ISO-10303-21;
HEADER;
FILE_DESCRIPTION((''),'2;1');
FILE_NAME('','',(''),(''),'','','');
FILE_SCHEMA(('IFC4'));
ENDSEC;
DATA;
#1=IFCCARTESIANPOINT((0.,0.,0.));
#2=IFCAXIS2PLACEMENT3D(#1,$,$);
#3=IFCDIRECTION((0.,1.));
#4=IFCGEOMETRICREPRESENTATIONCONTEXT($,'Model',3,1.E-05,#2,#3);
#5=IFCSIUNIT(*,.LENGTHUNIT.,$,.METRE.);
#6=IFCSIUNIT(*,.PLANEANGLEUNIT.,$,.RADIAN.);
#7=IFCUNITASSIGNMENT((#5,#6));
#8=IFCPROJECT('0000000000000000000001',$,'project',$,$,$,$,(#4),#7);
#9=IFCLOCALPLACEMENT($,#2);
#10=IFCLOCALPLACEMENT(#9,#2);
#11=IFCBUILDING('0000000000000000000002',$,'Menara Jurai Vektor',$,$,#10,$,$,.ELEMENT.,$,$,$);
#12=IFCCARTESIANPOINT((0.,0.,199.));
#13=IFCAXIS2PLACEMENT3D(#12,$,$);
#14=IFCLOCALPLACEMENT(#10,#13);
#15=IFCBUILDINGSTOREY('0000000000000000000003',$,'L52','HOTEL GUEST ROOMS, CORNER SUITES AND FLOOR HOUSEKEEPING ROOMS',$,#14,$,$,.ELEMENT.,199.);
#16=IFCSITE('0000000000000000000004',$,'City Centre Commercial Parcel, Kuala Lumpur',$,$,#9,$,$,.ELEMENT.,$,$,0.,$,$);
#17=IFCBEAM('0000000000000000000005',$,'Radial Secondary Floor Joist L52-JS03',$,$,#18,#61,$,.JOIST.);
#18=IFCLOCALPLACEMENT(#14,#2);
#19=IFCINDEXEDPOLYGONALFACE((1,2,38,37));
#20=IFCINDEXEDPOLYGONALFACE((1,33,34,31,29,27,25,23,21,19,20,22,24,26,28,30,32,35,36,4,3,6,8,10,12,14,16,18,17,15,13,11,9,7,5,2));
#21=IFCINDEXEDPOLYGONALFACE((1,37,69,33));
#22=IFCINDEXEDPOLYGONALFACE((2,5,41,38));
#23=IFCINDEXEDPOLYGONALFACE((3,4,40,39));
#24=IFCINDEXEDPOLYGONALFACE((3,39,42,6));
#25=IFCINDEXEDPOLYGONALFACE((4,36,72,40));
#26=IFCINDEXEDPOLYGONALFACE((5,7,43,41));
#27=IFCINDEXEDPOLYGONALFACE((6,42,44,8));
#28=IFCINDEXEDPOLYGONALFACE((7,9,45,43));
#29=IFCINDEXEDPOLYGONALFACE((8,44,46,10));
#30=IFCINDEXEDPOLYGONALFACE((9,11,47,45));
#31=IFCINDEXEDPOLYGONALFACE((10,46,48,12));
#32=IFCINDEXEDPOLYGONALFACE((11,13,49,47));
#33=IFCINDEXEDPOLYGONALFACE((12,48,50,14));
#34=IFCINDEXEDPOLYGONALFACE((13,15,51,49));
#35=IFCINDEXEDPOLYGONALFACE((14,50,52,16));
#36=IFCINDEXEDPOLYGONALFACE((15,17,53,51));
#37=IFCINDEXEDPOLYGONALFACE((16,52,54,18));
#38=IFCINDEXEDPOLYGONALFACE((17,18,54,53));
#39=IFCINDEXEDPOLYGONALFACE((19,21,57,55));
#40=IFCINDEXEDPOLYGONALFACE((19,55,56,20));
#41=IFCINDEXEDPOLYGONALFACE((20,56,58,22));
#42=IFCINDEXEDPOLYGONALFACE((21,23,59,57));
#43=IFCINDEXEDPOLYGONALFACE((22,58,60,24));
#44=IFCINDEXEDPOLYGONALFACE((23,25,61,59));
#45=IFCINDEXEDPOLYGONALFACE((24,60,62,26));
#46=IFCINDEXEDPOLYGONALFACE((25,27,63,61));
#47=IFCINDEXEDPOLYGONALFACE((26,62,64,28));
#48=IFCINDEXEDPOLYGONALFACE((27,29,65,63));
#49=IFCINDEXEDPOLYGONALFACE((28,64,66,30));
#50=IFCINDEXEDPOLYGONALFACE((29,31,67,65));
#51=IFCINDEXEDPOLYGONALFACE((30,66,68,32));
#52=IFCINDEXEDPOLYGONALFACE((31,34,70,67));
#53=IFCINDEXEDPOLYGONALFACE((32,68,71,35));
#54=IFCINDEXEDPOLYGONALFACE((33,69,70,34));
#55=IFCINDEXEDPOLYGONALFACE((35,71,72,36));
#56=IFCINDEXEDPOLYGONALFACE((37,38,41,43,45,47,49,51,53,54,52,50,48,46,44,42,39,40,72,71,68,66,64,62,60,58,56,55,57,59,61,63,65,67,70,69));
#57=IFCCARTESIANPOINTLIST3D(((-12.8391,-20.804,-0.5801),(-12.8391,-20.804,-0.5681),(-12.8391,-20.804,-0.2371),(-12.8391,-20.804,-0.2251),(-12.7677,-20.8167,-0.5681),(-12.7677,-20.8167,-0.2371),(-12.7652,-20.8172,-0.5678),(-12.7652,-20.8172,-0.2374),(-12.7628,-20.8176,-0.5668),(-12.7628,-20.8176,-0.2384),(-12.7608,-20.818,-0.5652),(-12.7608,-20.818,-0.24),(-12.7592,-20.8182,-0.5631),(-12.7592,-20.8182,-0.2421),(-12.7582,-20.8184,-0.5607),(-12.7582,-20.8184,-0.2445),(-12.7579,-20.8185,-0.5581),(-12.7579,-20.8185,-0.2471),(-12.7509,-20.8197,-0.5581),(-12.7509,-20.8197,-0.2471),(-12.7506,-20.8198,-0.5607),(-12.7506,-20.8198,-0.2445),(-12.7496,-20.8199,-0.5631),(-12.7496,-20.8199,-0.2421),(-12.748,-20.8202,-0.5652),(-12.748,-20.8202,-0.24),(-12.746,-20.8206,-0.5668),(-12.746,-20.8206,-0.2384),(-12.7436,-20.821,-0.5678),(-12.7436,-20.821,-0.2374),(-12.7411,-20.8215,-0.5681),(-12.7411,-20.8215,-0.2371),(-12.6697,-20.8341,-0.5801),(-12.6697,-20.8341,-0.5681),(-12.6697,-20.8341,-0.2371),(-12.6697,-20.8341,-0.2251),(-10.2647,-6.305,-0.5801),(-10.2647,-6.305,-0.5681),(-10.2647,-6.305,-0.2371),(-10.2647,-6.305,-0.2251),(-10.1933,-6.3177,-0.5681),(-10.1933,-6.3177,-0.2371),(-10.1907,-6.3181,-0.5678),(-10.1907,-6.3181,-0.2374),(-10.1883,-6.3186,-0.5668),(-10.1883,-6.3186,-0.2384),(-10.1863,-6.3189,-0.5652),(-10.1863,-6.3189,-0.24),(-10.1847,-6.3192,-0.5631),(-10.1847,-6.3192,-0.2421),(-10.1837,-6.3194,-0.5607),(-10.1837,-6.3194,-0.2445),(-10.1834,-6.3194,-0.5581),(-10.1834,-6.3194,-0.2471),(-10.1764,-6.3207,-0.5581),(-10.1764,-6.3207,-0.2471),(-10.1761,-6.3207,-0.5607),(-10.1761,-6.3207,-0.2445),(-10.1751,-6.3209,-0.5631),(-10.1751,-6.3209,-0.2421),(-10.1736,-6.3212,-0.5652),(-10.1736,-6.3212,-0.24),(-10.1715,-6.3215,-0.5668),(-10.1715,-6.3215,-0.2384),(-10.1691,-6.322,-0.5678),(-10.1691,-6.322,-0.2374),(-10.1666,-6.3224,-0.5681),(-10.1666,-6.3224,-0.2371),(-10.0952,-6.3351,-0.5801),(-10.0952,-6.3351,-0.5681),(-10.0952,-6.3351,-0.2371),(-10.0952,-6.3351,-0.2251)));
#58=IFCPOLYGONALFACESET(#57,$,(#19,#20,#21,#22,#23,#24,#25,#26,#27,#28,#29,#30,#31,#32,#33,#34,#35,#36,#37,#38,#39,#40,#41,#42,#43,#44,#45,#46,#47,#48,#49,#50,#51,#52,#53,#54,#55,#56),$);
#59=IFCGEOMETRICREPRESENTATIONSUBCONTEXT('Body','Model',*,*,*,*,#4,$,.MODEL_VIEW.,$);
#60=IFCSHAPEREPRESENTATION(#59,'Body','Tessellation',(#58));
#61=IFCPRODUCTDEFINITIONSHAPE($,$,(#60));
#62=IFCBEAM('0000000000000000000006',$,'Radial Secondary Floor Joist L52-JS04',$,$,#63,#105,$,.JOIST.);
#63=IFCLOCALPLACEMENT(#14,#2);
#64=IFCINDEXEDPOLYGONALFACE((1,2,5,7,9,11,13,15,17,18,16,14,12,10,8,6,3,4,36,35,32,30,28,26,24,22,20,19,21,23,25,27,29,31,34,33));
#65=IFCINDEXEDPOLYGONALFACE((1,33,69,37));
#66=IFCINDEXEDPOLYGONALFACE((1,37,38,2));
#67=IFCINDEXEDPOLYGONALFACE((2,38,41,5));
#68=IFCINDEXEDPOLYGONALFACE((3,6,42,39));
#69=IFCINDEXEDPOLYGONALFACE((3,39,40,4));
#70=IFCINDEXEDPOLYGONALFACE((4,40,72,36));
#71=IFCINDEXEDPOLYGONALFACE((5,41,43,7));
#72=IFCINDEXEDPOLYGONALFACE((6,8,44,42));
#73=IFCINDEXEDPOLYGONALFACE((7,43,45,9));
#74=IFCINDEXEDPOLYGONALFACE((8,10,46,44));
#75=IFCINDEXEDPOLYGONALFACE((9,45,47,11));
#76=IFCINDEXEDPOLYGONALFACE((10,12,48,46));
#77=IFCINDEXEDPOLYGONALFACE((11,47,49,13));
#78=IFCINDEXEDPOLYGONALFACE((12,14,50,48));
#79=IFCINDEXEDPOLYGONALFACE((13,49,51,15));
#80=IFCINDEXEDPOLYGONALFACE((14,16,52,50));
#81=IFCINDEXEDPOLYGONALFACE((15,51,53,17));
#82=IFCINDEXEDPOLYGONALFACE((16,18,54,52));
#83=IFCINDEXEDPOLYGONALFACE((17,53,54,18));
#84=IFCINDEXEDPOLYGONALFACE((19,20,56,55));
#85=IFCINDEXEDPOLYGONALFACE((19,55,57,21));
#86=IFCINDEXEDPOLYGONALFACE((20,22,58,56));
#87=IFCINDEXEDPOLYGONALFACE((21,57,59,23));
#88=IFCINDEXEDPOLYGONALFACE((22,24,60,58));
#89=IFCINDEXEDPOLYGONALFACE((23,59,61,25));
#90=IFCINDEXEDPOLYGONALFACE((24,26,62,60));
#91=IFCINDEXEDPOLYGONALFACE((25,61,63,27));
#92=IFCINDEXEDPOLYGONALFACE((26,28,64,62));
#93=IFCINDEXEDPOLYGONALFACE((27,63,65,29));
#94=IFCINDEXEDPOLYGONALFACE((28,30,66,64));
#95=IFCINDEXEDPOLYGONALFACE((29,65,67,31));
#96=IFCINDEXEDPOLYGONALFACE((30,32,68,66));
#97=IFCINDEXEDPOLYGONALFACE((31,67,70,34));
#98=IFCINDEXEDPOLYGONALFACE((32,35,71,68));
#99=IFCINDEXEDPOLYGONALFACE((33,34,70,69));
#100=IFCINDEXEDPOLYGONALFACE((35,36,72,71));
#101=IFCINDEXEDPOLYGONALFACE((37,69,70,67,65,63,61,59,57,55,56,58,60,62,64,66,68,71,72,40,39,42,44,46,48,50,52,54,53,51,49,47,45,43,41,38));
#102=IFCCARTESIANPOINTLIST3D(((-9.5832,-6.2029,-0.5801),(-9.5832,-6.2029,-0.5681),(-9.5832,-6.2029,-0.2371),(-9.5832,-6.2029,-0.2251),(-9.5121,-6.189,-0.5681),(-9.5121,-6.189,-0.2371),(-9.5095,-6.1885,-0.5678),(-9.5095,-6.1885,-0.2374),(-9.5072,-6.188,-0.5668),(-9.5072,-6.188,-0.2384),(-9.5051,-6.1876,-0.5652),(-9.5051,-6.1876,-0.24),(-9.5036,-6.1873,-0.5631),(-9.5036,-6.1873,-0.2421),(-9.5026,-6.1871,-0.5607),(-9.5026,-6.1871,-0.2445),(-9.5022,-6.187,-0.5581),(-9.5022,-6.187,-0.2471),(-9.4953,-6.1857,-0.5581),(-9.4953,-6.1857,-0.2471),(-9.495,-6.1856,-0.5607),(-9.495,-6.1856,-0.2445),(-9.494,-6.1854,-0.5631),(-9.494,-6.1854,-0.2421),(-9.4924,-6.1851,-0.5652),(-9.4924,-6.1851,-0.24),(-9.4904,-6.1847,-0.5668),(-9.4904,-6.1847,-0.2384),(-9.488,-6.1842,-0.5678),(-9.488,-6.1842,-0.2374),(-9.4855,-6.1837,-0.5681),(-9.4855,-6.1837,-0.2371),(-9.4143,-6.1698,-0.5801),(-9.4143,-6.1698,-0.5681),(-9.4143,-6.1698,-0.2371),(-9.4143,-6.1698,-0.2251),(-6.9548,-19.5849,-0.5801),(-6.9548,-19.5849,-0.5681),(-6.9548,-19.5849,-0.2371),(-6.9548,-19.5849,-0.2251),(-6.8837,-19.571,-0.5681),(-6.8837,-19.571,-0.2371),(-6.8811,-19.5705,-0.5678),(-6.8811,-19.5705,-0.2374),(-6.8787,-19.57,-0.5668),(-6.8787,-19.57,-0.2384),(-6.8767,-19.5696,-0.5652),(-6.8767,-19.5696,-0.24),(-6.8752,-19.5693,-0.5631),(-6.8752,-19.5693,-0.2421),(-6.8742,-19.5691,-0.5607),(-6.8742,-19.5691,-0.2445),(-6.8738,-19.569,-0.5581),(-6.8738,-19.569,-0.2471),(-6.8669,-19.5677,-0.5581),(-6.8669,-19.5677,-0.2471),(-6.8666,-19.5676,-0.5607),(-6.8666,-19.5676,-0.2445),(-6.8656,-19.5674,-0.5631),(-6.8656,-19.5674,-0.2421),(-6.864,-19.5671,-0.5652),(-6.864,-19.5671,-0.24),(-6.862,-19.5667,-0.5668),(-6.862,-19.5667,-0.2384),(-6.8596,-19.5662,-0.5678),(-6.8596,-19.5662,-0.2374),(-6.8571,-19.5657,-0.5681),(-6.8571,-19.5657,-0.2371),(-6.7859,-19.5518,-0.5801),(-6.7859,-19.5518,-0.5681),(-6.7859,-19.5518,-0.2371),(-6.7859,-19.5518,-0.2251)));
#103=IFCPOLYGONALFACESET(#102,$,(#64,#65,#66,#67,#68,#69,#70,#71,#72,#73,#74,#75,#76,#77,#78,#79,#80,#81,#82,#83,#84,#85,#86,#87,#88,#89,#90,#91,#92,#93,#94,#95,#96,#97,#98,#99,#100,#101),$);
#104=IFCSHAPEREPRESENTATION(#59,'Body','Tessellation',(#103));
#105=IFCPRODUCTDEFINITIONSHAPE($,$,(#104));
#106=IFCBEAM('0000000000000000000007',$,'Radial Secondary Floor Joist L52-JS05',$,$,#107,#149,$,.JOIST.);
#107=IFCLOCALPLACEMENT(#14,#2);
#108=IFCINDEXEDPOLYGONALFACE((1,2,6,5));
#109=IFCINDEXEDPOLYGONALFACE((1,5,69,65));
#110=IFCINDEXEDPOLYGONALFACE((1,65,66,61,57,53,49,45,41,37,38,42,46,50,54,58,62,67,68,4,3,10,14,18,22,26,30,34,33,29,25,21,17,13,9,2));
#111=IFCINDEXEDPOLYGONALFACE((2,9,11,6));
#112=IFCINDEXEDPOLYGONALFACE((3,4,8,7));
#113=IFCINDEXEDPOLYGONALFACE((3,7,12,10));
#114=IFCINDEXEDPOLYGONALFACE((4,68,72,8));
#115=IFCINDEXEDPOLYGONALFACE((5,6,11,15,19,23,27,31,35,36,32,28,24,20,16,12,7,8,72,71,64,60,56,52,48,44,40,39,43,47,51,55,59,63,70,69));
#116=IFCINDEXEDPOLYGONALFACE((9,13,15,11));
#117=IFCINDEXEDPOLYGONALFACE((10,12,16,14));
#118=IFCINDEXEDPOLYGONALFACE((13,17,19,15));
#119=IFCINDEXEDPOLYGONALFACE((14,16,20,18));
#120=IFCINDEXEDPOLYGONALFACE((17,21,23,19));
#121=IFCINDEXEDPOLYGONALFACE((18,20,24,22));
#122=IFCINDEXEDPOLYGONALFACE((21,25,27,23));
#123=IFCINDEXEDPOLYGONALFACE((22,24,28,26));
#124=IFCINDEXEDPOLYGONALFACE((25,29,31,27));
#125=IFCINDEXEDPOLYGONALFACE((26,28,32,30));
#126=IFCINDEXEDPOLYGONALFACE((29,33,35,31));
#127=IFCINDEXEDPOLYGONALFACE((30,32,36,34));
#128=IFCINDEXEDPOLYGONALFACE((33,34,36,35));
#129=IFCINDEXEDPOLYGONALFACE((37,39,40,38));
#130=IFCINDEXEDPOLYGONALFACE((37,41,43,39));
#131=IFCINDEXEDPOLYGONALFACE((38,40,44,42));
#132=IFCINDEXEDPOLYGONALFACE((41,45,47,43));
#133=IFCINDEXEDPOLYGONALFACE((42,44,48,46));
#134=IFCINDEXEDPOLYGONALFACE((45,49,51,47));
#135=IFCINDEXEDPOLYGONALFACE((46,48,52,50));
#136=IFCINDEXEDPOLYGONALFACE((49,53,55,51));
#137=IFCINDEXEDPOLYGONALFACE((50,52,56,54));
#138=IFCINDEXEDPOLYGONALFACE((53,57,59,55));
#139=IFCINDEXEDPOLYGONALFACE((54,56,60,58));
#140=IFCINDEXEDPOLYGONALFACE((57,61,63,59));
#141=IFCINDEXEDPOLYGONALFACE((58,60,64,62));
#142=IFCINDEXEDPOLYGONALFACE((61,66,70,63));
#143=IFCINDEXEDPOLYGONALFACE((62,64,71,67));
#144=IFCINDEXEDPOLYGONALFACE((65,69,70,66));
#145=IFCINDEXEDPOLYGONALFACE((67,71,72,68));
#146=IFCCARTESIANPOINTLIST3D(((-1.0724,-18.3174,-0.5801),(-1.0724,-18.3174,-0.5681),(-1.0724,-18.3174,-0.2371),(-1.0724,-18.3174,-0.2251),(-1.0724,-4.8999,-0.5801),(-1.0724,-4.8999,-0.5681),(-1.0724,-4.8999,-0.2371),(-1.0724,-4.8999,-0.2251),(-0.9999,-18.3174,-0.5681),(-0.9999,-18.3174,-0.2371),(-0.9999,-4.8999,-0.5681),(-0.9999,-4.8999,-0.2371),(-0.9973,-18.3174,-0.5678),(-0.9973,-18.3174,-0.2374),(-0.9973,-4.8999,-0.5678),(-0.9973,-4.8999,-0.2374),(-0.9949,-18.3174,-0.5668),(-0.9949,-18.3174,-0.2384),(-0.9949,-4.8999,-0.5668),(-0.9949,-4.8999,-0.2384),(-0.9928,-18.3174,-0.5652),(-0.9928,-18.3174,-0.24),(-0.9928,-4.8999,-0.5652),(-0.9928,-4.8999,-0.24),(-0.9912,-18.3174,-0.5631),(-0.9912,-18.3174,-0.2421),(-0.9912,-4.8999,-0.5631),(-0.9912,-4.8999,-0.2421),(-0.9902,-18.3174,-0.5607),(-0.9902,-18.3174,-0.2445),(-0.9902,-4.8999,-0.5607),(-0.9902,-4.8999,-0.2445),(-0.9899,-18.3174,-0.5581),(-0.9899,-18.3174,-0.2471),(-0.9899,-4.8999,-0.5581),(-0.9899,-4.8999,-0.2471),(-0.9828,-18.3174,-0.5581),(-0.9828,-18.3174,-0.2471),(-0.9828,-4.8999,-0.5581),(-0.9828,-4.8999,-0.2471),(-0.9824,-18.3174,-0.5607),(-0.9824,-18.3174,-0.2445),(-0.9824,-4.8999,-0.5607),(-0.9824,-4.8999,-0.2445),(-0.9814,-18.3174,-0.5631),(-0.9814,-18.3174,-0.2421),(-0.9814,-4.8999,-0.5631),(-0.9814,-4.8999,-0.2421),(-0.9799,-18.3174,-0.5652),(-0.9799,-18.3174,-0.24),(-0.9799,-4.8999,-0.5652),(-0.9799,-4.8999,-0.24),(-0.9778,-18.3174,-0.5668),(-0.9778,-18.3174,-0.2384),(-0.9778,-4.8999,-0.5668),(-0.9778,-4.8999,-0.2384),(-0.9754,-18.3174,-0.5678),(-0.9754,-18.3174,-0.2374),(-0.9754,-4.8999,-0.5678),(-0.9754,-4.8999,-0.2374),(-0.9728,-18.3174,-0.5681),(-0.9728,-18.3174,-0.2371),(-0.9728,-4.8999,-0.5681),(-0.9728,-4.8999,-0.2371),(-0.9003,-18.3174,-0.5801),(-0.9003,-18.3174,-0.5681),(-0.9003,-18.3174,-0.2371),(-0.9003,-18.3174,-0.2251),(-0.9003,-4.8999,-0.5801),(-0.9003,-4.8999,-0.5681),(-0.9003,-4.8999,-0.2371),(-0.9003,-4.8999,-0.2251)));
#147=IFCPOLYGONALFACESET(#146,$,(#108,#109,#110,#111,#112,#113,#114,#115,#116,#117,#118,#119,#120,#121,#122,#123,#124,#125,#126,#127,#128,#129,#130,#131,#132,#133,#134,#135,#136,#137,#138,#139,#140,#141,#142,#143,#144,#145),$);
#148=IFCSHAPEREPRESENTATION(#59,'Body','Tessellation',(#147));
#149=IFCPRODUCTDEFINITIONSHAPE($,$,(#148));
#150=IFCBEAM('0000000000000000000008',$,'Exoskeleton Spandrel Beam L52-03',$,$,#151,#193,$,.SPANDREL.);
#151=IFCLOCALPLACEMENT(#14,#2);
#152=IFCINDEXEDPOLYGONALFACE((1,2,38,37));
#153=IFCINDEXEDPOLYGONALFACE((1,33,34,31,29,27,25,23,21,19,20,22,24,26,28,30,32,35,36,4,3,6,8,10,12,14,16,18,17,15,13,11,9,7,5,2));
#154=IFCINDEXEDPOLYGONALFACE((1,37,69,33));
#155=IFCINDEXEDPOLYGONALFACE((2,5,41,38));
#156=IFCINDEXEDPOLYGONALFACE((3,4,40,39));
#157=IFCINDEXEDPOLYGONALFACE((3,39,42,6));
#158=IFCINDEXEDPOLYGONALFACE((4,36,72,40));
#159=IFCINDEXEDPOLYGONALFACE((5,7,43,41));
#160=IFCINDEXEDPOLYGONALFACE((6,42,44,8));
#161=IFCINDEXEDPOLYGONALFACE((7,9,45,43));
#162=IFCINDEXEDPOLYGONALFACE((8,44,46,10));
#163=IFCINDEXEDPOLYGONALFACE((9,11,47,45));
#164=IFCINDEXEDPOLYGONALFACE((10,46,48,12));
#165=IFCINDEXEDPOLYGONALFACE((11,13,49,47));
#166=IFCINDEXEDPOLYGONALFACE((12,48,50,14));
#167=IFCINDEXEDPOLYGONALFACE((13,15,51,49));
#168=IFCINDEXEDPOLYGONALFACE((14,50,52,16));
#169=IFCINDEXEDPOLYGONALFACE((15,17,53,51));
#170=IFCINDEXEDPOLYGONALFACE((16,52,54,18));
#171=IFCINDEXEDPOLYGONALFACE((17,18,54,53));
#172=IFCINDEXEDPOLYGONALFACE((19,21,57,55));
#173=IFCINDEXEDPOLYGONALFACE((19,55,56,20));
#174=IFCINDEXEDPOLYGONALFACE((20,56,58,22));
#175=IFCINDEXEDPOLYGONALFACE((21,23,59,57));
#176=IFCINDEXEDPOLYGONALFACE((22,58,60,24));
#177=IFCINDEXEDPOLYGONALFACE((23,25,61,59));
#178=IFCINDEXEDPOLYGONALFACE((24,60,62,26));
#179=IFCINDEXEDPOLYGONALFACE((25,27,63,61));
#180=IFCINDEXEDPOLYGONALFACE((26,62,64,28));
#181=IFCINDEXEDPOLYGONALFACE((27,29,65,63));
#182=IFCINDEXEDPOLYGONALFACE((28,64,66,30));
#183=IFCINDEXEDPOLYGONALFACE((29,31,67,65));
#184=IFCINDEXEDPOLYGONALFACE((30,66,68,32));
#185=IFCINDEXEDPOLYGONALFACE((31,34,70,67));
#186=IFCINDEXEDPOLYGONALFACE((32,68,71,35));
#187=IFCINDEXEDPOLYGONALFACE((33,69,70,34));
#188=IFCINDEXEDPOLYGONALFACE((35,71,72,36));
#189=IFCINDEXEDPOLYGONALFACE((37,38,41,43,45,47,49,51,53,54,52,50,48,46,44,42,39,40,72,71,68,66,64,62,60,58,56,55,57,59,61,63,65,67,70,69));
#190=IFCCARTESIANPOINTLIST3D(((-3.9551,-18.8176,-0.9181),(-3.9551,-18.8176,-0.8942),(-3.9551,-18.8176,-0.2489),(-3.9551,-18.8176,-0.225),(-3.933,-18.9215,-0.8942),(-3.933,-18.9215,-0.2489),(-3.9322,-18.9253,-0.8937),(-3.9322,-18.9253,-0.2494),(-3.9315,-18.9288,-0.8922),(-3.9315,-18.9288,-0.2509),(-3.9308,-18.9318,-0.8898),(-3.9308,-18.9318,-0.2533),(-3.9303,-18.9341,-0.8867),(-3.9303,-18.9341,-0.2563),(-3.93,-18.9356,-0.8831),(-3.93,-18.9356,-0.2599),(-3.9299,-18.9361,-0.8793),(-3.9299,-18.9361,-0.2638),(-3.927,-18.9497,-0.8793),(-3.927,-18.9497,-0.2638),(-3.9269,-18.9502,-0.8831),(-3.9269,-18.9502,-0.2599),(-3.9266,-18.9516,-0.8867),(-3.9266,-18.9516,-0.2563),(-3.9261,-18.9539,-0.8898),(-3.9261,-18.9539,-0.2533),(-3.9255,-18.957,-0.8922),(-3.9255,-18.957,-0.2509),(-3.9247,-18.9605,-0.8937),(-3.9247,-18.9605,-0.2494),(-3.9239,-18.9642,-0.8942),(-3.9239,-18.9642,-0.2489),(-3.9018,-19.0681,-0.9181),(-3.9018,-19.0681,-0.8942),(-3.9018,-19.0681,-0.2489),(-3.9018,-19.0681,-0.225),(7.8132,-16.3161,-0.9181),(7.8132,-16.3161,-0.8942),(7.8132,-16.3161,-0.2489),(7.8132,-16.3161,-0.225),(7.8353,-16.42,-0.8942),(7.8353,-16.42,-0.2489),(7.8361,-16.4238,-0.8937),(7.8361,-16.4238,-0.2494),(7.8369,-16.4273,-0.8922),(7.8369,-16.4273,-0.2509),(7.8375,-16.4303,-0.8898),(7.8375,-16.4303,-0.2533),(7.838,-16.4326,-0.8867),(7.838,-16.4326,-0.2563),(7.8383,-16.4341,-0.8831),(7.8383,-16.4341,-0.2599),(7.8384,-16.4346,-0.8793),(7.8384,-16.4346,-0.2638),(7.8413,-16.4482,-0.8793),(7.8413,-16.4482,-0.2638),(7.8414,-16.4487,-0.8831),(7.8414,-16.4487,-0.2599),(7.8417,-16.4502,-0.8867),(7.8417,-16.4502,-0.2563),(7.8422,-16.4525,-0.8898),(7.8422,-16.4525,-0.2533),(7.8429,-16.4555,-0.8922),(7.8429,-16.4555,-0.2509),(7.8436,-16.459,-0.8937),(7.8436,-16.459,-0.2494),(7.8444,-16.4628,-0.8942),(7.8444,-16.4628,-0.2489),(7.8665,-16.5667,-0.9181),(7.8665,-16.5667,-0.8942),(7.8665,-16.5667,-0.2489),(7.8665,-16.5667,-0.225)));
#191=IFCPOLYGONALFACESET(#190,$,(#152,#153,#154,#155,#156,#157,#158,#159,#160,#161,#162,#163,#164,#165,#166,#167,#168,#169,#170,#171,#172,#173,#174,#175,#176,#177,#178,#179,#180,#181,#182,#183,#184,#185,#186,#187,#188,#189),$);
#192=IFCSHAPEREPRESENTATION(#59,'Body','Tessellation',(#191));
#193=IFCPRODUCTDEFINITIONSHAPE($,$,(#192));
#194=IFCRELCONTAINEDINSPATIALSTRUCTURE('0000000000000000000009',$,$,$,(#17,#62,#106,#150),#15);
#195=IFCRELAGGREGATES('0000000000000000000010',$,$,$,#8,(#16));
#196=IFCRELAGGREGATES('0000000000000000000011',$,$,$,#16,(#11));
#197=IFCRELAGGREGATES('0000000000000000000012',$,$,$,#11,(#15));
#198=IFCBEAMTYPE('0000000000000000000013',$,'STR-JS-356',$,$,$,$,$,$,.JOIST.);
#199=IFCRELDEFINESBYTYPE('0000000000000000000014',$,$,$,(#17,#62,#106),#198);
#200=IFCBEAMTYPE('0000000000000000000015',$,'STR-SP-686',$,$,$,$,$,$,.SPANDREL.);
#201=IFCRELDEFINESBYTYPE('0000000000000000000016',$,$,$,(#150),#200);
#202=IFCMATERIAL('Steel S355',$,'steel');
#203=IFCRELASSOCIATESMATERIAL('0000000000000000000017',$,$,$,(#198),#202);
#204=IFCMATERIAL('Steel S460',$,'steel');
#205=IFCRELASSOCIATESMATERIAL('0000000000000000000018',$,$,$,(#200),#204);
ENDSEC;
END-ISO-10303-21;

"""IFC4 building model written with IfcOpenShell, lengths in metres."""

from ifc_helpers import new_model, si_unit, direction, frame, origin, origin_2d, place, context, subcontext, project, spatial, i_section, extrude, material, material_profile, profile_set, type_object, element, save


model = new_model("IFC4")

# Units and contexts
model_context = context("Model", 3, precision=1e-05, world=origin(), true_north=direction((0.0, 1.0)))
body_context = subcontext(model_context, "Body", "Model", "MODEL_VIEW")
ifc_project = project(units=[si_unit("LENGTHUNIT", "METRE"), si_unit("PLANEANGLEUNIT", "RADIAN")], contexts=[model_context])

# Site, building, storey
site_placement = place(None, origin())
site = spatial("IfcSite", under=ifc_project, at=site_placement, Name="City Centre Commercial Parcel, Kuala Lumpur", CompositionType="ELEMENT", RefElevation=0.0)
building_placement = place(site_placement, origin())
building = spatial("IfcBuilding", under=site, at=building_placement, Name="Menara Jurai Vektor", CompositionType="ELEMENT")
storey_placement = place(building_placement, frame((0.0, 0.0, 199.0)))
storey = spatial("IfcBuildingStorey", under=building, at=storey_placement, Name="L52", Description="HOTEL GUEST ROOMS, CORNER SUITES AND FLOOR HOUSEKEEPING ROOMS", CompositionType="ELEMENT", Elevation=199.0)

# Shared definitions
ifc_material_1 = material(Name="Steel S460", Category="steel")

# Beams
ifc_material_2 = material(Name="Steel S355", Category="steel")
ifc_material_profile_1 = material_profile(ifc_material_2, i_section(OverallWidth=0.1721, OverallDepth=0.355, WebThickness=0.0071, FlangeThickness=0.012, FilletRadius=0.01, at=origin_2d()), Name="UKB 356x171x51")
ifc_profile_set_1 = profile_set([ifc_material_profile_1], Name="Steel S355")
beam_type_1 = type_object("IfcBeamType", Name="STR-JS-356", PredefinedType="JOIST", material=ifc_profile_set_1)
beam_1_placement = place(storey_placement, frame((-12.7544, -20.8191, -0.4026), z_axis=(0.174827, 0.984599, 0.0), x_axis=(-0.984599, 0.174827, 0.0)))
element("IfcBeam", 1, at=beam_1_placement, inside=storey, type_object=beam_type_1, Name="Radial Secondary Floor Joist L52-JS03", PredefinedType="JOIST", context=body_context, shape_type="SweptSolid", body=[
    extrude(i_section(OverallWidth=0.1721, OverallDepth=0.355, WebThickness=0.0071, FlangeThickness=0.012, FilletRadius=0.01, at=origin_2d()), origin(), (0.0, 0.0, 1.0), 14.7258),
])
beam_2_placement = place(storey_placement, frame((-6.8704, -19.5684, -0.4026), z_axis=(-0.192731, 0.981252, 0.0), x_axis=(-0.981252, -0.192731, 0.0)))
element("IfcBeam", 2, at=beam_2_placement, inside=storey, type_object=beam_type_1, Name="Radial Secondary Floor Joist L52-JS04", PredefinedType="JOIST", context=body_context, shape_type="SweptSolid", body=[
    extrude(i_section(OverallWidth=0.1721, OverallDepth=0.355, WebThickness=0.0071, FlangeThickness=0.012, FilletRadius=0.01, at=origin_2d()), origin(), (0.0, 0.0, 1.0), 13.6377),
])
beam_3_placement = place(storey_placement, frame((-0.9863, -18.3174, -0.4026), z_axis=(0.0, 1.0, 0.0), x_axis=(-1.0, 0.0, 0.0)))
element("IfcBeam", 3, at=beam_3_placement, inside=storey, type_object=beam_type_1, Name="Radial Secondary Floor Joist L52-JS05", PredefinedType="JOIST", context=body_context, shape_type="SweptSolid", body=[
    extrude(i_section(OverallWidth=0.1721, OverallDepth=0.355, WebThickness=0.0071, FlangeThickness=0.012, FilletRadius=0.01, at=origin_2d()), origin(), (0.0, 0.0, 1.0), 13.4175),
])
ifc_material_profile_2 = material_profile(ifc_material_1, i_section(OverallWidth=0.2561, OverallDepth=0.6931, WebThickness=0.0139, FlangeThickness=0.0239, FilletRadius=0.0149, at=origin_2d()), Name="UKB 686x254x170")
ifc_profile_set_2 = profile_set([ifc_material_profile_2], Name="Steel S460")
beam_type_2 = type_object("IfcBeamType", Name="STR-SP-686", PredefinedType="SPANDREL", material=ifc_profile_set_2)
beam_4_placement = place(storey_placement, frame((-3.9285, -18.9429, -0.5715), z_axis=(0.978147, 0.207914, 0.0), x_axis=(-0.207914, 0.978147, 0.0)))
element("IfcBeam", 4, at=beam_4_placement, inside=storey, type_object=beam_type_2, Name="Exoskeleton Spandrel Beam L52-03", PredefinedType="SPANDREL", context=body_context, shape_type="SweptSolid", body=[
    extrude(i_section(OverallWidth=0.2561, OverallDepth=0.6931, WebThickness=0.0139, FlangeThickness=0.0239, FilletRadius=0.0149, at=origin_2d()), origin(), (0.0, 0.0, 1.0), 12.0312),
])

save(model, "model.ifc")
